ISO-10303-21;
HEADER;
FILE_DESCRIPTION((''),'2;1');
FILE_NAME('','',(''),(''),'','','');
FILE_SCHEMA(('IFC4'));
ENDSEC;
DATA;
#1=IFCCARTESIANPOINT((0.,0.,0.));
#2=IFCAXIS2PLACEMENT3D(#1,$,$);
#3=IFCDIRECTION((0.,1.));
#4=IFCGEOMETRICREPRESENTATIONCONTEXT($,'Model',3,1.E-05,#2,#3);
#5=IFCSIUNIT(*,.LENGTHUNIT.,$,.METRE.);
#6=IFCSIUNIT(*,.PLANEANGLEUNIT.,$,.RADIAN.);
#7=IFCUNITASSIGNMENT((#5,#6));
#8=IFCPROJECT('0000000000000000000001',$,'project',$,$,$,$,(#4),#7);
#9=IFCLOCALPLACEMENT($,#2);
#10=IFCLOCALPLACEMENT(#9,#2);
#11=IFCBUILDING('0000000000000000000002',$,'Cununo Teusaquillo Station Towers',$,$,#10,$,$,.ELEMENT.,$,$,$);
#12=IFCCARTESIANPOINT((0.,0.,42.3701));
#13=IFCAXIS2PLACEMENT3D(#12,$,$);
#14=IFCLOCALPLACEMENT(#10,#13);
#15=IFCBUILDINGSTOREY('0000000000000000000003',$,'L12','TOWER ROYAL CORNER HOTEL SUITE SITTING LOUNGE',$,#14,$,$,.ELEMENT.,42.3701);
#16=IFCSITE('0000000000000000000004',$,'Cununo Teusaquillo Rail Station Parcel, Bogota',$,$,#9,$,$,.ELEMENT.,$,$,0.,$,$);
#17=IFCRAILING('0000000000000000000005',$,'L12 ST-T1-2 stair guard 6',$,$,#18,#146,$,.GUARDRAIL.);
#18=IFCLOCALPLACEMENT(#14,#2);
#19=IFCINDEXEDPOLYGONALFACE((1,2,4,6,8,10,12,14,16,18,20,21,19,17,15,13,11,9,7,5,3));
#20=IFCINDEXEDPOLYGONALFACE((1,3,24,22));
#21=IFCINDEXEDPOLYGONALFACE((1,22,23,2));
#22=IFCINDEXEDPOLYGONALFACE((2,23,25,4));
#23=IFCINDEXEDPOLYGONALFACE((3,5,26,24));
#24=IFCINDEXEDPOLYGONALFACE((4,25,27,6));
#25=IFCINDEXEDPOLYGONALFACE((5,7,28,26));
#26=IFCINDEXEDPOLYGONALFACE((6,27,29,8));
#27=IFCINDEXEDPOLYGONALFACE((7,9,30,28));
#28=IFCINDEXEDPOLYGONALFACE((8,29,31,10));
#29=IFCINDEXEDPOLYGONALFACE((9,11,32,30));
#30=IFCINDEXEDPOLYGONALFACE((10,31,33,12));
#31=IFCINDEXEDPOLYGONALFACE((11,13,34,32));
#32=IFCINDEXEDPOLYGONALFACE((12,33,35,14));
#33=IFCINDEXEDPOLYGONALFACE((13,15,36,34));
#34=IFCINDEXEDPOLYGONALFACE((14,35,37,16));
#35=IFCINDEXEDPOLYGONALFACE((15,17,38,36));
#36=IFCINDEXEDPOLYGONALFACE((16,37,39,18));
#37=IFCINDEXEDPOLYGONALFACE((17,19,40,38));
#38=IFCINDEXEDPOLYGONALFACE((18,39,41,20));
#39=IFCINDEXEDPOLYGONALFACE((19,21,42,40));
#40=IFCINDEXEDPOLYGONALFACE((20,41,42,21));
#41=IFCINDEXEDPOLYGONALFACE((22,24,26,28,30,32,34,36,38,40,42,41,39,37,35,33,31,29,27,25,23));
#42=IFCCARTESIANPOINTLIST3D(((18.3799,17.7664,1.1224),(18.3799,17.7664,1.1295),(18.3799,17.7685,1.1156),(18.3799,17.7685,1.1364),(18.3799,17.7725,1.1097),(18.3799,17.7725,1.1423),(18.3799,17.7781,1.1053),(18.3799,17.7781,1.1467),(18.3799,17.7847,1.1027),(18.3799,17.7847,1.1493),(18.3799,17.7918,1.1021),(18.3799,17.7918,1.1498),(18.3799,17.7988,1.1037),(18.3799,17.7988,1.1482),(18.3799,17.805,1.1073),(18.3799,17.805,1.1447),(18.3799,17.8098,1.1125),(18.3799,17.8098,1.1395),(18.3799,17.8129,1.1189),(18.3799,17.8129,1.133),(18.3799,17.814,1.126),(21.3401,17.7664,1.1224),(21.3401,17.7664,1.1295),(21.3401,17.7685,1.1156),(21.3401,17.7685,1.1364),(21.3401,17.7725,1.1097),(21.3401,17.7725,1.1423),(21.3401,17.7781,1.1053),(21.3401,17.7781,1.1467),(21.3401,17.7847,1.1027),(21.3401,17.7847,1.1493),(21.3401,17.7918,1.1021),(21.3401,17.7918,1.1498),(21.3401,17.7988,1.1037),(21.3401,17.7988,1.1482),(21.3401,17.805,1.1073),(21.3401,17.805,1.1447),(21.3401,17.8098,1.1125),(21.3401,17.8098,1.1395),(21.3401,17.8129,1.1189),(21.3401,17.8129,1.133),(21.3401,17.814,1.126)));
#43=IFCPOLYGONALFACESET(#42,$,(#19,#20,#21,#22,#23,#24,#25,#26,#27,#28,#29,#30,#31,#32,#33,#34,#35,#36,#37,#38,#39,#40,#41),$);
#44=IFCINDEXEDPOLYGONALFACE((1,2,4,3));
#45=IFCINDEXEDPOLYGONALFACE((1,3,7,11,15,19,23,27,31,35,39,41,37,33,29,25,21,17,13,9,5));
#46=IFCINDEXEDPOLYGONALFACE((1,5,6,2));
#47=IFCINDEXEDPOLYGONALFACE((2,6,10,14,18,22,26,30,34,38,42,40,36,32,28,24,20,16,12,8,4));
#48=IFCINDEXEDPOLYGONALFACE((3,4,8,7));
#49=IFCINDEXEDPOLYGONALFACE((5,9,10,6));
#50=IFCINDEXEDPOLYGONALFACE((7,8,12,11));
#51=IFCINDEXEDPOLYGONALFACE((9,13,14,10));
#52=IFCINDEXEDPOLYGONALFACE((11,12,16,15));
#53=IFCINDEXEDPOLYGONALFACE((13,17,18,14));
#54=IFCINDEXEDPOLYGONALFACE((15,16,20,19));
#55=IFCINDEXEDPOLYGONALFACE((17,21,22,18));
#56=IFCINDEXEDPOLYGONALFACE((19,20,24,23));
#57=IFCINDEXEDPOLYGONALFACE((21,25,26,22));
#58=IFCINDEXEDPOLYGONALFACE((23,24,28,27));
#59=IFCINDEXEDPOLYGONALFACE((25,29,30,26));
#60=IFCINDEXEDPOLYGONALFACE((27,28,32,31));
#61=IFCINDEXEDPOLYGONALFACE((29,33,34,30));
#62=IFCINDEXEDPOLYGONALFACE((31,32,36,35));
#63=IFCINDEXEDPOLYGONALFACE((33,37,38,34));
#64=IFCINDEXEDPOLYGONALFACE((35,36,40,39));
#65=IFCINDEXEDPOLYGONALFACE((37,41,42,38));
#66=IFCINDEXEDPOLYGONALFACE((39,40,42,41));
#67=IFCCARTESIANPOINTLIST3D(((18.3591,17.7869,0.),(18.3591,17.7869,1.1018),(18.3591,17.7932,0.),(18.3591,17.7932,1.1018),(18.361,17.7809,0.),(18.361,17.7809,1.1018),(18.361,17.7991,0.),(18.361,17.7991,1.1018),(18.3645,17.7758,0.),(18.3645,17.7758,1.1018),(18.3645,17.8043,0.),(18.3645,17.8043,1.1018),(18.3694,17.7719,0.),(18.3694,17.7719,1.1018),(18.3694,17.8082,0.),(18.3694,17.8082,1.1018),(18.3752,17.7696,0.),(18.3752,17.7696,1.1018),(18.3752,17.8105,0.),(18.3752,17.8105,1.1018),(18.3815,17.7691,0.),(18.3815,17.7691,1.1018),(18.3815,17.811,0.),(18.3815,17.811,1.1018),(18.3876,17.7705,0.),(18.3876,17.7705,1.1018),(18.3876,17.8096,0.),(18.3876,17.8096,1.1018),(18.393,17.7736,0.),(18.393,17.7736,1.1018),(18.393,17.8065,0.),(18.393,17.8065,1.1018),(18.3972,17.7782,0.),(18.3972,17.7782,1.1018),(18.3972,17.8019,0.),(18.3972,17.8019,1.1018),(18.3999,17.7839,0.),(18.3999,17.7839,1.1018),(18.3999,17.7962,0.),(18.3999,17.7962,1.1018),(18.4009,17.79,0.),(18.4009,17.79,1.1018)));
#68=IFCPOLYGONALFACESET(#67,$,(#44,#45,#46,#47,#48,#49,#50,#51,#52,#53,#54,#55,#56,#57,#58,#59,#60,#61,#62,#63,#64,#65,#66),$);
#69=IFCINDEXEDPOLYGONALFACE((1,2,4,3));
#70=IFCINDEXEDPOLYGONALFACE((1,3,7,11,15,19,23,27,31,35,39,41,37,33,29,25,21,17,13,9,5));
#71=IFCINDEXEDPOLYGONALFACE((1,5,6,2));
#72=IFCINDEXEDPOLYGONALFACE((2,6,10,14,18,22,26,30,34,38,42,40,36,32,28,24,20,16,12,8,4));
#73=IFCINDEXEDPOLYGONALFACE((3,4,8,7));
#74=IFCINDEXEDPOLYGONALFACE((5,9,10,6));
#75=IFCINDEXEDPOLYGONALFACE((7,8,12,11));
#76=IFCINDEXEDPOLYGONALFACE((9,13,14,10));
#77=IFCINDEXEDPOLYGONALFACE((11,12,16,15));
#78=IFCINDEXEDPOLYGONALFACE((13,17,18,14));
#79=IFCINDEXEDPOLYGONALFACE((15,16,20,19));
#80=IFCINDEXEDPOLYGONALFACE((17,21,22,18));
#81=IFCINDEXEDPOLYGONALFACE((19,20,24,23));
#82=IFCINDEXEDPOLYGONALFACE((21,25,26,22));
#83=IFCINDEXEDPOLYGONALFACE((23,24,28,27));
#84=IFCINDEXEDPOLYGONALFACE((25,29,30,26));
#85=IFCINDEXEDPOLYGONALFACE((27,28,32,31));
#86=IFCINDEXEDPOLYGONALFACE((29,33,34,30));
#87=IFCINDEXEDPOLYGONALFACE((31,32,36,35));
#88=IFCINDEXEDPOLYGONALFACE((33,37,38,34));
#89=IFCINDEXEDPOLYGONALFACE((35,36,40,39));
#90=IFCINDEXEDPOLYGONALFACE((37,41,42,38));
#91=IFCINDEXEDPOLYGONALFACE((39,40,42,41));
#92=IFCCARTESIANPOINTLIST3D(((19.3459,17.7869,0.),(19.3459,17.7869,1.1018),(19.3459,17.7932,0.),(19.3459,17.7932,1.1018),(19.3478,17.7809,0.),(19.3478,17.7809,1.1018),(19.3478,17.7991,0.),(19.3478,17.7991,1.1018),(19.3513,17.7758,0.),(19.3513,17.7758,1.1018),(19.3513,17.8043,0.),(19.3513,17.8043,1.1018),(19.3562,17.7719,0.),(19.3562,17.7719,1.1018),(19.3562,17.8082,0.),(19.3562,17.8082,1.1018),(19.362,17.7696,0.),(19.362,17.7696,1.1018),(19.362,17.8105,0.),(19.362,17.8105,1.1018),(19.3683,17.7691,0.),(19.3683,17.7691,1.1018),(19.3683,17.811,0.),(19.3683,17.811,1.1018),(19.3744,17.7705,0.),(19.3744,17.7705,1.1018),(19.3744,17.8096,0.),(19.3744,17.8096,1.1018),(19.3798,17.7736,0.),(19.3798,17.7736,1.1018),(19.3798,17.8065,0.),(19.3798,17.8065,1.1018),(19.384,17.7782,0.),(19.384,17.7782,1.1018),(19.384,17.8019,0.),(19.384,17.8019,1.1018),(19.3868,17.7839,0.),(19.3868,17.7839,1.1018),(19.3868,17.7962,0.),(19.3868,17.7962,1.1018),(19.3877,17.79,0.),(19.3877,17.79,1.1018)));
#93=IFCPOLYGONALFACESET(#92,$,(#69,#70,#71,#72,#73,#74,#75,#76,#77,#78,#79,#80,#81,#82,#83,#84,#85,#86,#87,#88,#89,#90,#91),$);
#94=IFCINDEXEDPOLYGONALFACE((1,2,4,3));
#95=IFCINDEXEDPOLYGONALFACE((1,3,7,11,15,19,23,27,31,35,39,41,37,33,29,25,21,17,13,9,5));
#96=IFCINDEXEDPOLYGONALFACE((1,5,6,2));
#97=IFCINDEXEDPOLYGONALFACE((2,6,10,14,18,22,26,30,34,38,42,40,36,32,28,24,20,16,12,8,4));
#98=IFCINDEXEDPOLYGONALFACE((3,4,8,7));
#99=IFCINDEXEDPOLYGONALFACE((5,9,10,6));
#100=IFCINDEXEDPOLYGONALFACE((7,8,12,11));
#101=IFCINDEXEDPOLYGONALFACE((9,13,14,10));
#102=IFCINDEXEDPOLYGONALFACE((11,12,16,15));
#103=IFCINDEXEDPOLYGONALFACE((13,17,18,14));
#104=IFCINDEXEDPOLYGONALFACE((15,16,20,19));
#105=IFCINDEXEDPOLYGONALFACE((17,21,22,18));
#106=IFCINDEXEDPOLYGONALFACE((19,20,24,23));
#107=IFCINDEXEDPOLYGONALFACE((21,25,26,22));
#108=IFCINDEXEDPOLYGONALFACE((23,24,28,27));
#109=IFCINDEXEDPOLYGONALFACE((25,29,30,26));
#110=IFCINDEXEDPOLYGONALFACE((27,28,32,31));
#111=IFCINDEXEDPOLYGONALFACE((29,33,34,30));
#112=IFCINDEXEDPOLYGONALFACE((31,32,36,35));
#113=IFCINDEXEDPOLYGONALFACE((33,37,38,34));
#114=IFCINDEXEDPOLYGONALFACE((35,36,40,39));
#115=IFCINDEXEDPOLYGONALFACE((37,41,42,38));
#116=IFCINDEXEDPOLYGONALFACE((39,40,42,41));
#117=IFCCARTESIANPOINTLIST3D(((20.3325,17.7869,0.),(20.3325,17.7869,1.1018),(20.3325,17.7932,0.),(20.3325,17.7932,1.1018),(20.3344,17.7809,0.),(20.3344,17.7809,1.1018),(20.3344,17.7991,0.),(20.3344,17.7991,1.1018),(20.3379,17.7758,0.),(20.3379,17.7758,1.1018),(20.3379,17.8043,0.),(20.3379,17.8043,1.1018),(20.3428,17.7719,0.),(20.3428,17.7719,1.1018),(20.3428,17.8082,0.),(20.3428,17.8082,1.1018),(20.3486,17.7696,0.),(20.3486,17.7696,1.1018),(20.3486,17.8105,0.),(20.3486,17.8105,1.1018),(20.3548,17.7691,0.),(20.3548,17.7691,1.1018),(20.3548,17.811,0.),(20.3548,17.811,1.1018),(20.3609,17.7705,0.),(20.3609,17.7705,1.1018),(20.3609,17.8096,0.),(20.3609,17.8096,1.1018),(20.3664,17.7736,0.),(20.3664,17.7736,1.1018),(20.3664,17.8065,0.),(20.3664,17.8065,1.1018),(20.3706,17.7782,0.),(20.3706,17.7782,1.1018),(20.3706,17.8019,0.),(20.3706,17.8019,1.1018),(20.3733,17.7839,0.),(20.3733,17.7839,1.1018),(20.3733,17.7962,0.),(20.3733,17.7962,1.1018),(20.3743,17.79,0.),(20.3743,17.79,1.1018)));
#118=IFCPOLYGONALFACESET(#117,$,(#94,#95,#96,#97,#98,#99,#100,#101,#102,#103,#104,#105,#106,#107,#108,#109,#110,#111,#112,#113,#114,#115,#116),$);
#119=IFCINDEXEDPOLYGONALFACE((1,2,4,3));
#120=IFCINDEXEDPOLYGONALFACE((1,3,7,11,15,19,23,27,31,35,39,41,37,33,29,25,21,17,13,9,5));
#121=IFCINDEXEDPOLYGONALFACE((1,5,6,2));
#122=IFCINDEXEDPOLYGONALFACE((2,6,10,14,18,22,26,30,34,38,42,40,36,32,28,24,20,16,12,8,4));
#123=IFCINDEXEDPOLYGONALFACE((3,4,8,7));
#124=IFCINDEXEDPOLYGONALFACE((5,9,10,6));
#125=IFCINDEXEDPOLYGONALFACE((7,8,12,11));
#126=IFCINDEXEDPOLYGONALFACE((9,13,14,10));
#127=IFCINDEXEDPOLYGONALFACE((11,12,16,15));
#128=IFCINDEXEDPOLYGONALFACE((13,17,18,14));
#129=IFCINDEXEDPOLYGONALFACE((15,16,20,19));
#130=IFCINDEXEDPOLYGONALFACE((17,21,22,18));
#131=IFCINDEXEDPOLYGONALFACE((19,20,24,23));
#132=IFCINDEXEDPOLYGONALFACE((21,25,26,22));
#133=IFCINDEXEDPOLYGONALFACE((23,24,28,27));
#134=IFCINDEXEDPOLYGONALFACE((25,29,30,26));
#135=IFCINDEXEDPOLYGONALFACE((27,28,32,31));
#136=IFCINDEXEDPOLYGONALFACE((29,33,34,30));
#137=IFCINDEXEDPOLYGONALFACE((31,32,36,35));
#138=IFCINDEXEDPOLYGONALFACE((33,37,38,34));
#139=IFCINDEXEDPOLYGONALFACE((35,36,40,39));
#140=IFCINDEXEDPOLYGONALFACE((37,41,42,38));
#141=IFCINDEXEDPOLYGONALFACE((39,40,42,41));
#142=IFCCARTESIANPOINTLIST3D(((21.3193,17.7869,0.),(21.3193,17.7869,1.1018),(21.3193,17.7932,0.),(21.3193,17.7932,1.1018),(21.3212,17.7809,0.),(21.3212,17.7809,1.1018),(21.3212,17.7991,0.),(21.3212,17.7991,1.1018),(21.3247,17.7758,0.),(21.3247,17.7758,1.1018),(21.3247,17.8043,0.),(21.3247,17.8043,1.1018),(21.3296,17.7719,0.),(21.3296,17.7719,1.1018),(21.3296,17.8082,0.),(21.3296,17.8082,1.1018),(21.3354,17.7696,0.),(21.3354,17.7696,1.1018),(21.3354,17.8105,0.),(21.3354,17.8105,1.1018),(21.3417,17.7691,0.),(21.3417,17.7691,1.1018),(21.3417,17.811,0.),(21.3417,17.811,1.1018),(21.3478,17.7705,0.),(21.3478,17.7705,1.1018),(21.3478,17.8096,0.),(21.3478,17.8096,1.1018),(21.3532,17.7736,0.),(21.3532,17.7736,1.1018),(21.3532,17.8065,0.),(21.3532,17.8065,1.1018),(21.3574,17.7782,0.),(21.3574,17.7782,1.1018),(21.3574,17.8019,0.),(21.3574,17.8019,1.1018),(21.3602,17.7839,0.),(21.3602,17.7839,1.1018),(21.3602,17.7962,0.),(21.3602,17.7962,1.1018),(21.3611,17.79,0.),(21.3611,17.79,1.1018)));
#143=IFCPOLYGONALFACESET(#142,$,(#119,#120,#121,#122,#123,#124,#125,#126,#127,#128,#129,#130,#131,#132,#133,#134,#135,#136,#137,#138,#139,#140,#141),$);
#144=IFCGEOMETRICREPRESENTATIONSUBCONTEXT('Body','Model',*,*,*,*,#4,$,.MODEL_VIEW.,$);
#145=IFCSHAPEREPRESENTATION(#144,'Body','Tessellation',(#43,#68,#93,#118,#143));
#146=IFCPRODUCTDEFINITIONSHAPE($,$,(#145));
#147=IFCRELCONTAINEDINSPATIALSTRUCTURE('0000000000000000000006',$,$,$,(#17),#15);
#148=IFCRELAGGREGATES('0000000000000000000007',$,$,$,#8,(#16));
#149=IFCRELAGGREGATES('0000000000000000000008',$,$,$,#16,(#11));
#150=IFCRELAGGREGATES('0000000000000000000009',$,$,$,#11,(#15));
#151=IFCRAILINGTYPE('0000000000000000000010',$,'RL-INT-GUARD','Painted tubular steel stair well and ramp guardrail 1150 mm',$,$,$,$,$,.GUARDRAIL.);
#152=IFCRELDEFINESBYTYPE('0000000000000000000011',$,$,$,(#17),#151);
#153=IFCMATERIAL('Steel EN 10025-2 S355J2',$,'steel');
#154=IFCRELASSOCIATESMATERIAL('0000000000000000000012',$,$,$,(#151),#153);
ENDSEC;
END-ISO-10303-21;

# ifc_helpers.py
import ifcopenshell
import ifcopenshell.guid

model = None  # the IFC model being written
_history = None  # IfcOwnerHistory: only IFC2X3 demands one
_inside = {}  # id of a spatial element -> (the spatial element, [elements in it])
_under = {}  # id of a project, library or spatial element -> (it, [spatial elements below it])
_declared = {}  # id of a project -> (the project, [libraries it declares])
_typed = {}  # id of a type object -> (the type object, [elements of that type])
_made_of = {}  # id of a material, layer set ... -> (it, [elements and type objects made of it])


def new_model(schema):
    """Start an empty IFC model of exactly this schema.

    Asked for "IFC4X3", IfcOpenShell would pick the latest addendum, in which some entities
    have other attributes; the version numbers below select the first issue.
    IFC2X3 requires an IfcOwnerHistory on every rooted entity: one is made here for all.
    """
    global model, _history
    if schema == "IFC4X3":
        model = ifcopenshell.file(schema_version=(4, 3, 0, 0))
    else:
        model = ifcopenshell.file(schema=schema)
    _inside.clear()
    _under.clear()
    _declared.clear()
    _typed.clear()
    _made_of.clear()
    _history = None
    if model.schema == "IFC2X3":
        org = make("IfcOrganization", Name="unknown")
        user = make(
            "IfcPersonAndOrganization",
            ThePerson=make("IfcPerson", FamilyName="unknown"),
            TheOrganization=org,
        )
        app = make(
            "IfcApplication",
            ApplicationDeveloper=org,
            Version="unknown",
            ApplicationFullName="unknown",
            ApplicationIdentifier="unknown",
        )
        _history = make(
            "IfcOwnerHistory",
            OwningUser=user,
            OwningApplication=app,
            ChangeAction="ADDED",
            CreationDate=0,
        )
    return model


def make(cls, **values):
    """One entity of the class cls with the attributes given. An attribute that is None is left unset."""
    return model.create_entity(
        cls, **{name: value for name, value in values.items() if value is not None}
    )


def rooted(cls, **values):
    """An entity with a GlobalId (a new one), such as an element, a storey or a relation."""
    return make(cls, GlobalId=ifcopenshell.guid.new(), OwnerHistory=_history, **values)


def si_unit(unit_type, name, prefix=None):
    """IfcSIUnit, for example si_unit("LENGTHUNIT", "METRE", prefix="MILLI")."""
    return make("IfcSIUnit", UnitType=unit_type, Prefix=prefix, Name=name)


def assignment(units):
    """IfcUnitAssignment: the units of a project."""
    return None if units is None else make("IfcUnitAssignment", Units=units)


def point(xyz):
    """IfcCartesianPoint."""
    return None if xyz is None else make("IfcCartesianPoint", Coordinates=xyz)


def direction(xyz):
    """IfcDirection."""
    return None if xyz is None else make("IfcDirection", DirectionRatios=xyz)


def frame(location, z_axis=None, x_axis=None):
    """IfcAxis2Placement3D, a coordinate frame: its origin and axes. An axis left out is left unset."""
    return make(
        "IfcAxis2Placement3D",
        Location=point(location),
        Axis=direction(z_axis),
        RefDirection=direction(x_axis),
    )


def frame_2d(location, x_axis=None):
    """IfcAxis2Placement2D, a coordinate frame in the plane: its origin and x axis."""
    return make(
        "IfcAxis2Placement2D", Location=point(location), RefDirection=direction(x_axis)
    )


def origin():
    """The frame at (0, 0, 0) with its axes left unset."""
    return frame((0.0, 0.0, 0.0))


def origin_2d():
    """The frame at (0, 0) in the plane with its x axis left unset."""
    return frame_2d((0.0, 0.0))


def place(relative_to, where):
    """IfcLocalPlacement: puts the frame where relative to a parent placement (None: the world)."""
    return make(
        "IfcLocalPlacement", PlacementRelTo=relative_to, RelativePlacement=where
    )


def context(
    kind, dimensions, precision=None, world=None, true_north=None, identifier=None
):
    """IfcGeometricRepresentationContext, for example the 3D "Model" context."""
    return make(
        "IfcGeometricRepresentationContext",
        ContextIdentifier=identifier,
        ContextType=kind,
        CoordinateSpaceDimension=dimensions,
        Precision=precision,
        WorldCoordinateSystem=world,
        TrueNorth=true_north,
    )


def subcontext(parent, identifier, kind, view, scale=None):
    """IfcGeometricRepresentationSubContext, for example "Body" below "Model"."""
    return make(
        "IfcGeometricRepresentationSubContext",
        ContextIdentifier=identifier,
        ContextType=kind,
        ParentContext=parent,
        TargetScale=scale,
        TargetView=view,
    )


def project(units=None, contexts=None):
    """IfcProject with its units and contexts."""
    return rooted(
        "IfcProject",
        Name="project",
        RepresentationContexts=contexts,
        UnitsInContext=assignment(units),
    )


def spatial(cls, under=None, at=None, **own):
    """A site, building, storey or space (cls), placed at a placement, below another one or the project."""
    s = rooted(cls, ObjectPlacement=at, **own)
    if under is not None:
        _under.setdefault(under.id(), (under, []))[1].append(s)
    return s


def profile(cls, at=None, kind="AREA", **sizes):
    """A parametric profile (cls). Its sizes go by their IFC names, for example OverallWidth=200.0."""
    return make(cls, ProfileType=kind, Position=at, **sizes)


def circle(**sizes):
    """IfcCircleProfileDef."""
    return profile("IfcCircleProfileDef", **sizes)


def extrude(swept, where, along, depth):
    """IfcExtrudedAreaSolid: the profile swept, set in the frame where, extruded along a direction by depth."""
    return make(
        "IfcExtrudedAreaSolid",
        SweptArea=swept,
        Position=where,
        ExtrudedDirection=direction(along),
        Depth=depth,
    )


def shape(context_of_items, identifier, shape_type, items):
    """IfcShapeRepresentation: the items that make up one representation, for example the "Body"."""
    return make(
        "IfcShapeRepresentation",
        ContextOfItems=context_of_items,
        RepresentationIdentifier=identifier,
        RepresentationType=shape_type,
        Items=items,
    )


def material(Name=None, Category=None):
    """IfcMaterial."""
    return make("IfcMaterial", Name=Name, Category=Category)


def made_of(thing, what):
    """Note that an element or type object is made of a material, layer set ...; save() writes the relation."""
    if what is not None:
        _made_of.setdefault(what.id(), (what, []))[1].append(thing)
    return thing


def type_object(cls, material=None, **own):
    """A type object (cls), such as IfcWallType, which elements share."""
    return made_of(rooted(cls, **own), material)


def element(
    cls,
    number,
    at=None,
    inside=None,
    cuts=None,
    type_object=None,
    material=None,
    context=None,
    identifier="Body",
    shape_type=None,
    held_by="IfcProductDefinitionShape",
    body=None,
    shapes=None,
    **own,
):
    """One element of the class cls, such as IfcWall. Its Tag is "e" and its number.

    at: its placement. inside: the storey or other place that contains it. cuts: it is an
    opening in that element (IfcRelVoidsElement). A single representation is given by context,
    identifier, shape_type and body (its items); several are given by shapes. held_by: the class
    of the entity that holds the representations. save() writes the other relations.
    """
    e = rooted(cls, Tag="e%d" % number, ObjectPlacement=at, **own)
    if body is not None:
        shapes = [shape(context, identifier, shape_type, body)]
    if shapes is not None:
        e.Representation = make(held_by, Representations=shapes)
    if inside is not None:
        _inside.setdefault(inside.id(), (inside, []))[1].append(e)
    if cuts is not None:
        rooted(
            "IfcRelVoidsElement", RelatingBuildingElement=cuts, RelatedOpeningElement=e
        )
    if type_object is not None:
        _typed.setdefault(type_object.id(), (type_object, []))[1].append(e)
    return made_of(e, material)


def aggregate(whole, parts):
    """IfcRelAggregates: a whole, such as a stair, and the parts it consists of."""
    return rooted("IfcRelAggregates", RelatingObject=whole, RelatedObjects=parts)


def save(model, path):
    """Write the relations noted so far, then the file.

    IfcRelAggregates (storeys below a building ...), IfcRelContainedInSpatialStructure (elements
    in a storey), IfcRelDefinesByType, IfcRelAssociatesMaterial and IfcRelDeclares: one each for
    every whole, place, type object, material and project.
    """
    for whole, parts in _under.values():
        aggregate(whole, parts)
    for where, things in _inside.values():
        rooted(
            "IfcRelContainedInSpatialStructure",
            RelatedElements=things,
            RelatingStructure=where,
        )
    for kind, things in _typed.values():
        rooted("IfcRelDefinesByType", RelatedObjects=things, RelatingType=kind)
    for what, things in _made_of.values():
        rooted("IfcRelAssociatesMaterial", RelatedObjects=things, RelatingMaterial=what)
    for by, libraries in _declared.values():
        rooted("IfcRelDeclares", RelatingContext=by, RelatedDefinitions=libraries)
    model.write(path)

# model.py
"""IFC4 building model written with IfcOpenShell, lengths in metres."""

from ifc_helpers import new_model, si_unit, direction, frame, origin, origin_2d, place, context, subcontext, project, spatial, circle, extrude, material, type_object, element, save


model = new_model("IFC4")

# Units and contexts
model_context = context("Model", 3, precision=1e-05, world=origin(), true_north=direction((0.0, 1.0)))
body_context = subcontext(model_context, "Body", "Model", "MODEL_VIEW")
ifc_project = project(units=[si_unit("LENGTHUNIT", "METRE"), si_unit("PLANEANGLEUNIT", "RADIAN")], contexts=[model_context])

# Site, building, storey
site_placement = place(None, origin())
site = spatial("IfcSite", under=ifc_project, at=site_placement, Name="Cununo Teusaquillo Rail Station Parcel, Bogota", CompositionType="ELEMENT", RefElevation=0.0)
building_placement = place(site_placement, origin())
building = spatial("IfcBuilding", under=site, at=building_placement, Name="Cununo Teusaquillo Station Towers", CompositionType="ELEMENT")
storey_placement = place(building_placement, frame((0.0, 0.0, 42.3701)))
storey = spatial("IfcBuildingStorey", under=building, at=storey_placement, Name="L12", Description="TOWER ROYAL CORNER HOTEL SUITE SITTING LOUNGE", CompositionType="ELEMENT", Elevation=42.3701)

# Railing
ifc_material_1 = material(Name="Steel EN 10025-2 S355J2", Category="steel")
railing_type_1 = type_object("IfcRailingType", Name="RL-INT-GUARD", Description="Painted tubular steel stair well and ramp guardrail 1150 mm", PredefinedType="GUARDRAIL", material=ifc_material_1)
railing_1_placement = place(storey_placement, frame((18.3799, 17.79, 0.0)))
element("IfcRailing", 1, at=railing_1_placement, inside=storey, type_object=railing_type_1, Name="L12 ST-T1-2 stair guard 6", PredefinedType="GUARDRAIL", context=body_context, shape_type="SweptSolid", body=[
    extrude(circle(Radius=0.0239, at=origin_2d()), frame((0.0, 0.0, 1.126), z_axis=(1.0, 0.0, 0.0), x_axis=(0.0, 1.0, 0.0)), (0.0, 0.0, 1.0), 2.9602),
    extrude(circle(Radius=0.021, at=origin_2d()), origin(), (0.0, 0.0, 1.0), 1.1018),
    extrude(circle(Radius=0.021, at=origin_2d()), frame((0.9868, 0.0, 0.0)), (0.0, 0.0, 1.0), 1.1018),
    extrude(circle(Radius=0.021, at=origin_2d()), frame((1.9734, 0.0, 0.0)), (0.0, 0.0, 1.0), 1.1018),
    extrude(circle(Radius=0.021, at=origin_2d()), frame((2.9602, 0.0, 0.0)), (0.0, 0.0, 1.0), 1.1018),
])

save(model, "model.ifc")
